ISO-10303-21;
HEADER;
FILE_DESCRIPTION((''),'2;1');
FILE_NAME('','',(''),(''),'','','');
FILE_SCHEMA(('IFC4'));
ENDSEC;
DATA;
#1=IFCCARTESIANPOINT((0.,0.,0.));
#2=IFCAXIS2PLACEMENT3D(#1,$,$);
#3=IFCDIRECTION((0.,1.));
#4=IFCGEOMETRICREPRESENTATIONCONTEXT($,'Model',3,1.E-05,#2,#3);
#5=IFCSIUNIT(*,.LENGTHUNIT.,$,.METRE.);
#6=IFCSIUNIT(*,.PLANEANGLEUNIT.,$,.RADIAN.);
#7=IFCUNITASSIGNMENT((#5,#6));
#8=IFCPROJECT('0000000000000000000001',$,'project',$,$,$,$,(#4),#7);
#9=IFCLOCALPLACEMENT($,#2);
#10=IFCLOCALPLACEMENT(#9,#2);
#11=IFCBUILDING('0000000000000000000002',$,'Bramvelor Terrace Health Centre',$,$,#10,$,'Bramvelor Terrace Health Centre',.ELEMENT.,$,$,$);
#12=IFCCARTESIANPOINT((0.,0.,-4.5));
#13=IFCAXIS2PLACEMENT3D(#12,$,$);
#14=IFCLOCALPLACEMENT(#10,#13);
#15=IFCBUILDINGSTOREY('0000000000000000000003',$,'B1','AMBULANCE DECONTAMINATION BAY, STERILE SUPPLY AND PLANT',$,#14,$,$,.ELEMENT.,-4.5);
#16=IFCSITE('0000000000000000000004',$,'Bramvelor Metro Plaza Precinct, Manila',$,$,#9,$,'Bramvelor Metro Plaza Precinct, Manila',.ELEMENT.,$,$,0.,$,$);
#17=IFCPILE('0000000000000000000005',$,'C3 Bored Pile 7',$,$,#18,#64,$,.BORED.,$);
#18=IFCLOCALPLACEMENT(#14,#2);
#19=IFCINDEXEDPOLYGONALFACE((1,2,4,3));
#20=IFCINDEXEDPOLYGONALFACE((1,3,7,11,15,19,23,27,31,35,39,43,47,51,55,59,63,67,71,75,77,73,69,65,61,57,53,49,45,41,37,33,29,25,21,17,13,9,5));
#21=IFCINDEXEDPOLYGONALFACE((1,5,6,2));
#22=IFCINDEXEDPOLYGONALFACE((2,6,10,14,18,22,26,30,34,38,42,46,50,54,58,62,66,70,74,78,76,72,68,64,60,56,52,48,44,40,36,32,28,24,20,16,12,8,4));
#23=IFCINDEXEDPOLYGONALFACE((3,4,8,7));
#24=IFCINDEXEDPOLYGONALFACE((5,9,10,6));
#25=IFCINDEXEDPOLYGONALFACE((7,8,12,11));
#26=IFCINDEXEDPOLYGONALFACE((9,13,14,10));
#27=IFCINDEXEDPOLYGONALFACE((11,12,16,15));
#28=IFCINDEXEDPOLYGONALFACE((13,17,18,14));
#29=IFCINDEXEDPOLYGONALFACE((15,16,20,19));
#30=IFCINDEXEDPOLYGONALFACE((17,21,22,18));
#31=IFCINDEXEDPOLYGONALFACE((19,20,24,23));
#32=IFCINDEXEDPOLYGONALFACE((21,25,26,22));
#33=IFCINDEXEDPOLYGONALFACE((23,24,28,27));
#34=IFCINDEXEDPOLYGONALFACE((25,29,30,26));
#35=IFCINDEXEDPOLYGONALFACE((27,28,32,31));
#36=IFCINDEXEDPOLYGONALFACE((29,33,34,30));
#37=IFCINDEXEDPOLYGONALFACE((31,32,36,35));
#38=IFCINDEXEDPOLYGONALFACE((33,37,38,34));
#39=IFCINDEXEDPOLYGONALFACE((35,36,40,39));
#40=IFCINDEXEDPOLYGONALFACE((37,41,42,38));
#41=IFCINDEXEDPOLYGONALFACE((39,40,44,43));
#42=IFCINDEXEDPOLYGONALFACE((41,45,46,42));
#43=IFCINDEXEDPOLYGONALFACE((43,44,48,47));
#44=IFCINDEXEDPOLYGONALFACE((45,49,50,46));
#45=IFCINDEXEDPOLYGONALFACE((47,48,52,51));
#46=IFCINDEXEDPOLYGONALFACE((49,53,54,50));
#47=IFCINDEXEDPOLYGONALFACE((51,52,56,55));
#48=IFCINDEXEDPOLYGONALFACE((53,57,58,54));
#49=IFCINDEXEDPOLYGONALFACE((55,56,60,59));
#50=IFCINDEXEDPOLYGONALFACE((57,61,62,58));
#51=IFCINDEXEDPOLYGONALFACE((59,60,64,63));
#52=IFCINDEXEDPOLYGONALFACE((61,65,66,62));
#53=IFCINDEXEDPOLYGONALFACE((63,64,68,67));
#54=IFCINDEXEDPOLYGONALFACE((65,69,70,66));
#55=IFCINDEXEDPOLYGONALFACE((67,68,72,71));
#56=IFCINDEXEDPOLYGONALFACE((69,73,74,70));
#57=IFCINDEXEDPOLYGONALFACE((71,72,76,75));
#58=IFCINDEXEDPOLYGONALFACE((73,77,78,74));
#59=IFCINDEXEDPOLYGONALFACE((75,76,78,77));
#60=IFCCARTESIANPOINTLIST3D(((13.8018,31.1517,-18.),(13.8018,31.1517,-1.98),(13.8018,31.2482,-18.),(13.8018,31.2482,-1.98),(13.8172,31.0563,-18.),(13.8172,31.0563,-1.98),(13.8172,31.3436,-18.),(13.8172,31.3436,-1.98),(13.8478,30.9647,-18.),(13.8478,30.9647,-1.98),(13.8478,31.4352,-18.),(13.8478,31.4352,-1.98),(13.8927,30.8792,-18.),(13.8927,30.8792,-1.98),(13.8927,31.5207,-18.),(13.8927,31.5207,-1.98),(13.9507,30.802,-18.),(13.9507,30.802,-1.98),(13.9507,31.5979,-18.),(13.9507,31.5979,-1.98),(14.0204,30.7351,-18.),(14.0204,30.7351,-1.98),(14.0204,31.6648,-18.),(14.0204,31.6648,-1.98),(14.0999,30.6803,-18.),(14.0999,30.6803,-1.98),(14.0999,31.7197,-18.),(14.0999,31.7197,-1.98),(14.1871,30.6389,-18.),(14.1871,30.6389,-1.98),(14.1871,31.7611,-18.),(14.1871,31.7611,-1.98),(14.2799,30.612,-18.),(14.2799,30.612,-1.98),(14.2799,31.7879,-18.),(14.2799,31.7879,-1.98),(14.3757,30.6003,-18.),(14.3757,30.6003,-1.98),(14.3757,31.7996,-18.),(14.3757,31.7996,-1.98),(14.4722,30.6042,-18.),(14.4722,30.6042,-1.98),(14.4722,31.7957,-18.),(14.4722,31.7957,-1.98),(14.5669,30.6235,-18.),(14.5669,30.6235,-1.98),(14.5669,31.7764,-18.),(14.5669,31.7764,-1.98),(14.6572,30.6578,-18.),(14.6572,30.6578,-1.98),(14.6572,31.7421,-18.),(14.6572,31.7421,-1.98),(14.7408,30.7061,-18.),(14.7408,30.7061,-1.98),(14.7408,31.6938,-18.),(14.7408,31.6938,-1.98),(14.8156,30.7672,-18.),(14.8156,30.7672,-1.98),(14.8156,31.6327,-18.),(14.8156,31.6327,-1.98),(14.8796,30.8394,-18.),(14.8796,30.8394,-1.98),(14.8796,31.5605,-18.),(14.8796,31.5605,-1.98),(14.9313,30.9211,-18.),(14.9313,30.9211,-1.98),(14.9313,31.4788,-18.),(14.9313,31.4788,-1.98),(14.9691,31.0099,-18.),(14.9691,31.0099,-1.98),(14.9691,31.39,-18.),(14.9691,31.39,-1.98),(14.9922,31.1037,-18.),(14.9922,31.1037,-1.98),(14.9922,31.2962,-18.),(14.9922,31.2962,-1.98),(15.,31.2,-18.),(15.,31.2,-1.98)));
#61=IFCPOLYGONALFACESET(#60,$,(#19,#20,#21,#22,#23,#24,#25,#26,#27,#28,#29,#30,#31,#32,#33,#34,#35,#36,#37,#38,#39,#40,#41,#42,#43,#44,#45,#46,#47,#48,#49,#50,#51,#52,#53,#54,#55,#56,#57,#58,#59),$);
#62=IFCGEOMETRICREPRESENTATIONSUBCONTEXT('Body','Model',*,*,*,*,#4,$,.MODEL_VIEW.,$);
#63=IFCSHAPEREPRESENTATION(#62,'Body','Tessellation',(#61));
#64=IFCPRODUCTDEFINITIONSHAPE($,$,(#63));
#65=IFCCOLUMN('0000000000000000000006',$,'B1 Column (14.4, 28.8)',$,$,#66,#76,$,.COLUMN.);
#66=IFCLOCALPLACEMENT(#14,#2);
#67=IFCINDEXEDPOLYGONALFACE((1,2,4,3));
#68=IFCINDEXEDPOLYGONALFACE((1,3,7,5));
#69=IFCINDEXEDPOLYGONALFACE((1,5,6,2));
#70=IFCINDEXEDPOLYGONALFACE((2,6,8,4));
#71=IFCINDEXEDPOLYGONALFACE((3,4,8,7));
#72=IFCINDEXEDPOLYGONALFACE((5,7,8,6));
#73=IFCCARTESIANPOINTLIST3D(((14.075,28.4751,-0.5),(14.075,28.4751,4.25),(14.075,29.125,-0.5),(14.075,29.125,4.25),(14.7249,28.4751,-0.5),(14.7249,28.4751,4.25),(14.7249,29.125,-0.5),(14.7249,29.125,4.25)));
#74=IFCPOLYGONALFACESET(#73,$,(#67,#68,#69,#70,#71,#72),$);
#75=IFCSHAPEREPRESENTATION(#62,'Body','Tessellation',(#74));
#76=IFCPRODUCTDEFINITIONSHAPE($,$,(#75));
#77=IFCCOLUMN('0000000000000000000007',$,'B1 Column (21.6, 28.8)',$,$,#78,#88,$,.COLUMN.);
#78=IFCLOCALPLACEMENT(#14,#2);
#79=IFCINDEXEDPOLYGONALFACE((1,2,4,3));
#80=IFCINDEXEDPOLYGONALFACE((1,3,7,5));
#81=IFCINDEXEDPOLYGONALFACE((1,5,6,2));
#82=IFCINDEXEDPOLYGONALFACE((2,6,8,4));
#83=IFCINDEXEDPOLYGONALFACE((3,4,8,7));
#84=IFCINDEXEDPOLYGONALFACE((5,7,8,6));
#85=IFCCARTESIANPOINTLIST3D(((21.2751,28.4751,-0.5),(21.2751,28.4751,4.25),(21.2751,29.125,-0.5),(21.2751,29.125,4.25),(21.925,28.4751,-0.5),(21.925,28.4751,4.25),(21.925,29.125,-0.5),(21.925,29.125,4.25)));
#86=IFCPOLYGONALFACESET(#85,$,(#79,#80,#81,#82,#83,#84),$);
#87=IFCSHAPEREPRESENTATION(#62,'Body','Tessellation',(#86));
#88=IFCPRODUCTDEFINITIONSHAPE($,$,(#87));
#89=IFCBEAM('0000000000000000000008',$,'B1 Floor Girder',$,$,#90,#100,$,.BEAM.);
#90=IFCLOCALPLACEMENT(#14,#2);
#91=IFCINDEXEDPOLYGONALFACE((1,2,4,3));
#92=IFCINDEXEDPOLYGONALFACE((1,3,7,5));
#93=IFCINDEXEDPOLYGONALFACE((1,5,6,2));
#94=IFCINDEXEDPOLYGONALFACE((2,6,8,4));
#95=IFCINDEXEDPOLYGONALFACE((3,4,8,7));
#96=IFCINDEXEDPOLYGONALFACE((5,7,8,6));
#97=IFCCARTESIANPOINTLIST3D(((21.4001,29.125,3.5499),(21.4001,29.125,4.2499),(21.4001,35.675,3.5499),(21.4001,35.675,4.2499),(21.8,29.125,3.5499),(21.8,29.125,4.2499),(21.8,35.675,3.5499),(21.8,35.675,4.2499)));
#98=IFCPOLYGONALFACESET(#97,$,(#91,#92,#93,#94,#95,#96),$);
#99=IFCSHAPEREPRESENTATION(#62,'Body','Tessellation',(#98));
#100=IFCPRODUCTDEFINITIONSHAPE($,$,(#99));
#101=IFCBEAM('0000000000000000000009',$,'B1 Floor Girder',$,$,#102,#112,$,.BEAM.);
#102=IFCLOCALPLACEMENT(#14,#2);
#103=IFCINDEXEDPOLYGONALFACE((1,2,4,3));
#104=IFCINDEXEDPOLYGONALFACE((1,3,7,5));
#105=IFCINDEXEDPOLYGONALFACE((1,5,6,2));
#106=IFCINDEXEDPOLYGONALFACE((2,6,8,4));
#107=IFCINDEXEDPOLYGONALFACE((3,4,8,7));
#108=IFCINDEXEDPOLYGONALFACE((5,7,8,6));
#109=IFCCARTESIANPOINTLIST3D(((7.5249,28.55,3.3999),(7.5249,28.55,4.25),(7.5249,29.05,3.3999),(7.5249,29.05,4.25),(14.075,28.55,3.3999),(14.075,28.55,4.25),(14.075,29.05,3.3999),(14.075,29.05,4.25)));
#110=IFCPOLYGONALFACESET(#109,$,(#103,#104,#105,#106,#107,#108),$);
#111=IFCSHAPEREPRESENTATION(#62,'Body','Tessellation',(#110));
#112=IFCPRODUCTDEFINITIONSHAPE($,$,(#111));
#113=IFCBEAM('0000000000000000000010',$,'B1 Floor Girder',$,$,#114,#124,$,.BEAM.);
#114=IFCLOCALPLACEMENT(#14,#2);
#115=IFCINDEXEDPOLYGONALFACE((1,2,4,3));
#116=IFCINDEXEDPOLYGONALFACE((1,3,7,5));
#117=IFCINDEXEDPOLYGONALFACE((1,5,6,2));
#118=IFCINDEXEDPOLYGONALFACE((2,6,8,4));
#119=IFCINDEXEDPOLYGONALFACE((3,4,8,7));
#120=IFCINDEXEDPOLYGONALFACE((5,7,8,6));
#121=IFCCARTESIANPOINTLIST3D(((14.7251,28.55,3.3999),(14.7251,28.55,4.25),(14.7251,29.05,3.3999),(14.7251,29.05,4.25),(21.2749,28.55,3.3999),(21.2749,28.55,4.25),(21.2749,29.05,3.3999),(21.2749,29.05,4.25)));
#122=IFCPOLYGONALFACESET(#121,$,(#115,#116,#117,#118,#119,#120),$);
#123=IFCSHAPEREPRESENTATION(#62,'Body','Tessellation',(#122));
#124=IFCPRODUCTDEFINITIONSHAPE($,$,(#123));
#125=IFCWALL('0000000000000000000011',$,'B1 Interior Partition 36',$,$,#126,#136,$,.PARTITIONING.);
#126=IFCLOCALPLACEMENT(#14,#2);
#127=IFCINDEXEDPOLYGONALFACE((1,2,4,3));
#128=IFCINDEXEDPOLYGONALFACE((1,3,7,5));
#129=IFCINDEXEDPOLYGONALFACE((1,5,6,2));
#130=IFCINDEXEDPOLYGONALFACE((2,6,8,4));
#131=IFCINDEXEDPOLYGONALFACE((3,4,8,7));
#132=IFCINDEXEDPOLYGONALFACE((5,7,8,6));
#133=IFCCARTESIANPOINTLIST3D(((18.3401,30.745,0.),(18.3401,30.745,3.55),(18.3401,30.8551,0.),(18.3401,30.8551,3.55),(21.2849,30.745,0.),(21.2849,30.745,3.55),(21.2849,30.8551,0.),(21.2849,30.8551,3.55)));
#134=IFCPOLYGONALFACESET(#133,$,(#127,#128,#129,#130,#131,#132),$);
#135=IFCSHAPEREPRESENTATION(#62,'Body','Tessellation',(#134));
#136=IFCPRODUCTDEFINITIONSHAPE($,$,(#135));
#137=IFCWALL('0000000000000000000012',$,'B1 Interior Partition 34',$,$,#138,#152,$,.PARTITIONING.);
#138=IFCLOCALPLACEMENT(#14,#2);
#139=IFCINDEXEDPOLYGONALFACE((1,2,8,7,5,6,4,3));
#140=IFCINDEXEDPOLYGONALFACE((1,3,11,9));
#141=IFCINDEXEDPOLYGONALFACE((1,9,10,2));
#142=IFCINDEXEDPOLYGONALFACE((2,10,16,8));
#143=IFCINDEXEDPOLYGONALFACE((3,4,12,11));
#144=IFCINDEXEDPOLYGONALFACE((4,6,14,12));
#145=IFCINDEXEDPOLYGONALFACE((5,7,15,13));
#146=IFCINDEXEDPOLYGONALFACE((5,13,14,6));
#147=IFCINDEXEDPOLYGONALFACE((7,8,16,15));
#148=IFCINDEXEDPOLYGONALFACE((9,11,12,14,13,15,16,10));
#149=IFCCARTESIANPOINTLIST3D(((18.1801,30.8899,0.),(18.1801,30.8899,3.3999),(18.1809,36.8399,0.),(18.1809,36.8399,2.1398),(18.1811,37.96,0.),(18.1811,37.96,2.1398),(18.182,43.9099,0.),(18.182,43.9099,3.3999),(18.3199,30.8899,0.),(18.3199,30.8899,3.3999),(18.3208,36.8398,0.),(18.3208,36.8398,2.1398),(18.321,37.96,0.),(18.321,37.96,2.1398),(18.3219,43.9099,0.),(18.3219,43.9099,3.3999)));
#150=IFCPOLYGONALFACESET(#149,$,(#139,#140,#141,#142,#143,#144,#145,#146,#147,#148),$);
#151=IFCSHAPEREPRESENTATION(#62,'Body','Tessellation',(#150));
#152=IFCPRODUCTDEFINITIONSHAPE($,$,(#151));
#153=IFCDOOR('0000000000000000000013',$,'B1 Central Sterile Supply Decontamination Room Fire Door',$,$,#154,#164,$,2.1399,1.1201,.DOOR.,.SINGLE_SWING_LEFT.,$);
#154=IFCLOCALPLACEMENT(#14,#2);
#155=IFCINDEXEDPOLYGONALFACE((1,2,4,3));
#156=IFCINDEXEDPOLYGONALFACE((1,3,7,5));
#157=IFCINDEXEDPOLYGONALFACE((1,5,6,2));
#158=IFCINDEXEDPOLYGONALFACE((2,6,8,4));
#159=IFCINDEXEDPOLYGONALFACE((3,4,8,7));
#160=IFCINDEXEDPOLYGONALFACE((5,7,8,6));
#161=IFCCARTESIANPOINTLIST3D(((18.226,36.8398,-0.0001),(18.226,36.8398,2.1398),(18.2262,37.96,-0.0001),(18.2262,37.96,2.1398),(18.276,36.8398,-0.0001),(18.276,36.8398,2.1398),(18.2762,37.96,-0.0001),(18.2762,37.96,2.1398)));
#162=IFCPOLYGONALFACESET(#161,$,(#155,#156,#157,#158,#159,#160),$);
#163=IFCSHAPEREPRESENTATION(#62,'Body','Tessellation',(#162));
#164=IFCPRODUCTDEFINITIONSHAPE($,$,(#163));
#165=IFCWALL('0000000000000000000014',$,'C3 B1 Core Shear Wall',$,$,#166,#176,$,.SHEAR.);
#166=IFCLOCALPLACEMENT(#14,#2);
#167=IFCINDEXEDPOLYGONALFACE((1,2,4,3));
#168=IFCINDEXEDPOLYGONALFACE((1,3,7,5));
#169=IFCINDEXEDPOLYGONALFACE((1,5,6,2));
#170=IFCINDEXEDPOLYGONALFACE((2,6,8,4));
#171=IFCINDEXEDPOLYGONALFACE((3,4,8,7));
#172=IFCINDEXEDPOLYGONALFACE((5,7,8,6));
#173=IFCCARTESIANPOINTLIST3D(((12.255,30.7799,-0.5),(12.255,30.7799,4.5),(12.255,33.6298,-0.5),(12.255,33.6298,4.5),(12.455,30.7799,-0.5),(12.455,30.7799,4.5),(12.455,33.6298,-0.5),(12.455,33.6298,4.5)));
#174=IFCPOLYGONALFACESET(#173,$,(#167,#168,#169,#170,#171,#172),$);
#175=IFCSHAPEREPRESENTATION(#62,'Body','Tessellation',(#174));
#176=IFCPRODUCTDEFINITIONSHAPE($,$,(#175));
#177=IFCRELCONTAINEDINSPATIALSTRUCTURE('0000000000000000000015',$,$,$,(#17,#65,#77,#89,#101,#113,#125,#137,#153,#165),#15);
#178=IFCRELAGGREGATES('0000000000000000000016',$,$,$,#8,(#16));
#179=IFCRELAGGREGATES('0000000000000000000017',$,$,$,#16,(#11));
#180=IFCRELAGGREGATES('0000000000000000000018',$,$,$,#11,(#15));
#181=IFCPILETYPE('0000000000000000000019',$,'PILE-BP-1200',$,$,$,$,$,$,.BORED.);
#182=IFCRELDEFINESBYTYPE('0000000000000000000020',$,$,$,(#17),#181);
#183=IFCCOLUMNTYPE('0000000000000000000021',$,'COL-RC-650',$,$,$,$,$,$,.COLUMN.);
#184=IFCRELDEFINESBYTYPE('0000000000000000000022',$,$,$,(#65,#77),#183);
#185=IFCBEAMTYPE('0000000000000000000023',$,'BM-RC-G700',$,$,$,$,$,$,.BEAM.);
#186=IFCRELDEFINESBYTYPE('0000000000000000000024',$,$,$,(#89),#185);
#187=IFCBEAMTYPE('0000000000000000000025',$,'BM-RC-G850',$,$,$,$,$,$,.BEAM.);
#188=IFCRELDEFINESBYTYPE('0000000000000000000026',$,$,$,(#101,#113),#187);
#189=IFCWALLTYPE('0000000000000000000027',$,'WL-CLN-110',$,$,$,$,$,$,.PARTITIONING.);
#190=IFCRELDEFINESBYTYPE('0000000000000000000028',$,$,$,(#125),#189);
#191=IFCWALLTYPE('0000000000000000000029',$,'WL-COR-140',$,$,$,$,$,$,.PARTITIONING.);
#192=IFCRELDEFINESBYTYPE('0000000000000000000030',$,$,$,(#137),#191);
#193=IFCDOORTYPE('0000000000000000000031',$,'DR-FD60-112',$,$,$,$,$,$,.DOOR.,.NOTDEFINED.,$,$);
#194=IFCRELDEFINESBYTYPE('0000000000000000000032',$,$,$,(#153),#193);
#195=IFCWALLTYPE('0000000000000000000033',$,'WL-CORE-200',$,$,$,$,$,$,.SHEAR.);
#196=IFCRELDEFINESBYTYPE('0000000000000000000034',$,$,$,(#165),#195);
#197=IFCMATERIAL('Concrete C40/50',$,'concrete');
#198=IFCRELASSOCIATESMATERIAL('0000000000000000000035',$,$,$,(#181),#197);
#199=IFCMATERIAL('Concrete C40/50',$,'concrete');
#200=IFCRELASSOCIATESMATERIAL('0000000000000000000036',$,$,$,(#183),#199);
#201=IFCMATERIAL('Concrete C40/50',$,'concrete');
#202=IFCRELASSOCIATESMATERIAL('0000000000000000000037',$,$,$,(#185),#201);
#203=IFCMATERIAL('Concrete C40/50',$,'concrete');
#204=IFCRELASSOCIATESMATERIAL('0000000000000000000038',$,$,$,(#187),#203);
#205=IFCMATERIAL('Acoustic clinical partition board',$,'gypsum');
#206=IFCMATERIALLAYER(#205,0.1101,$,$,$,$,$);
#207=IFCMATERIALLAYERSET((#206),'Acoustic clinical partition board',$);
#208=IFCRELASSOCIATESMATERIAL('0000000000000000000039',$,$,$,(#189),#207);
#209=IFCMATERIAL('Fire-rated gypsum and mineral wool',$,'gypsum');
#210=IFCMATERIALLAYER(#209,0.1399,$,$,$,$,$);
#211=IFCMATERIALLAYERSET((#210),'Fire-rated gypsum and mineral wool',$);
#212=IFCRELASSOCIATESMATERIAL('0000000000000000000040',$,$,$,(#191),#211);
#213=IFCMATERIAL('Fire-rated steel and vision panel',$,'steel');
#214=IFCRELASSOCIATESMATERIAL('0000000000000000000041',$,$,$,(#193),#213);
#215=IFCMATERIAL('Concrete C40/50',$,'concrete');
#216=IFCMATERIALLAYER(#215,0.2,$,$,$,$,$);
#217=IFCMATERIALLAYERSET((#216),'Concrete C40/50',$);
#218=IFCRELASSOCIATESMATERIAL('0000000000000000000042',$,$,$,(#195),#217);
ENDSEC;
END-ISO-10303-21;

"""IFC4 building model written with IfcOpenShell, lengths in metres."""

from ifc_helpers import new_model, si_unit, direction, frame, frame_2d, origin, origin_2d, place, context, subcontext, project, spatial, rectangle, circle, extrude, material, layer, layer_set, material_profile, profile_set, type_object, element, fill, save


model = new_model("IFC4")

# Units and contexts
model_context = context("Model", 3, precision=1e-05, world=origin(), true_north=direction((0.0, 1.0)))
body_context = subcontext(model_context, "Body", "Model", "MODEL_VIEW")
ifc_project = project(units=[si_unit("LENGTHUNIT", "METRE"), si_unit("PLANEANGLEUNIT", "RADIAN")], contexts=[model_context])

# Site, building, storey
site_placement = place(None, origin())
site = spatial("IfcSite", under=ifc_project, at=site_placement, Name="Bramvelor Metro Plaza Precinct, Manila", LongName="Bramvelor Metro Plaza Precinct, Manila", CompositionType="ELEMENT", RefElevation=0.0)
building_placement = place(site_placement, origin())
building = spatial("IfcBuilding", under=site, at=building_placement, Name="Bramvelor Terrace Health Centre", LongName="Bramvelor Terrace Health Centre", CompositionType="ELEMENT")
storey_placement = place(building_placement, frame((0.0, 0.0, -4.5)))
storey = spatial("IfcBuildingStorey", under=building, at=storey_placement, Name="B1", Description="AMBULANCE DECONTAMINATION BAY, STERILE SUPPLY AND PLANT", CompositionType="ELEMENT", Elevation=-4.5)

# Pile
ifc_material_1 = material(Name="Concrete C40/50", Category="concrete")
ifc_material_profile_1 = material_profile(ifc_material_1, circle(Radius=0.6001, at=origin_2d()), Name="BP D1200")
ifc_profile_set_1 = profile_set([ifc_material_profile_1], Name="Concrete C40/50")
pile_type_1 = type_object("IfcPileType", Name="PILE-BP-1200", PredefinedType="BORED", material=ifc_profile_set_1)
for number, where, z_axis, x_axis, name in (
    (1, (14.3999, 31.2, -1.98), (0.0, 0.0, -1.0), (1.0, 0.0, 0.0), "C3 Bored Pile 7"),
):
    element("IfcPile", number, at=place(storey_placement, frame(where, z_axis=z_axis, x_axis=x_axis)), inside=storey, type_object=pile_type_1, Name=name, PredefinedType="BORED", context=body_context, shape_type="SweptSolid", body=[
        extrude(circle(Radius=0.6001, at=origin_2d()), origin(), (0.0, 0.0, 1.0), 16.02),
    ])

# Columns
ifc_material_2 = material(Name="Concrete C40/50", Category="concrete")
ifc_material_profile_2 = material_profile(ifc_material_2, rectangle(XDim=0.6499, YDim=0.6499, at=origin_2d()), Name="RC 650x650")
ifc_profile_set_2 = profile_set([ifc_material_profile_2], Name="Concrete C40/50")
column_type = type_object("IfcColumnType", Name="COL-RC-650", PredefinedType="COLUMN", material=ifc_profile_set_2)
for number, where, z_axis, x_axis, name in (
    (2, (14.3999, 28.8, -0.5), (0.0, 0.0, 1.0), (1.0, 0.0, 0.0), "B1 Column (14.4, 28.8)"),
    (3, (21.6001, 28.8, -0.5), (0.0, 0.0, 1.0), (1.0, 0.0, 0.0), "B1 Column (21.6, 28.8)"),
):
    element("IfcColumn", number, at=place(storey_placement, frame(where, z_axis=z_axis, x_axis=x_axis)), inside=storey, type_object=column_type, Name=name, PredefinedType="COLUMN", context=body_context, shape_type="SweptSolid", body=[
        extrude(rectangle(XDim=0.6499, YDim=0.6499, at=origin_2d()), origin(), (0.0, 0.0, 1.0), 4.75),
    ])

# Beams
ifc_material_3 = material(Name="Concrete C40/50", Category="concrete")
ifc_material_profile_3 = material_profile(ifc_material_3, rectangle(XDim=0.3999, YDim=0.7, at=origin_2d()), Name="RC 400x700")
ifc_profile_set_3 = profile_set([ifc_material_profile_3], Name="Concrete C40/50")
beam_type_1 = type_object("IfcBeamType", Name="BM-RC-G700", PredefinedType="BEAM", material=ifc_profile_set_3)
beam_1_placement = place(storey_placement, frame((21.6001, 29.125, 3.8999), z_axis=(0.0, 1.0, 0.0), x_axis=(-1.0, 0.0, 0.0)))
element("IfcBeam", 4, at=beam_1_placement, inside=storey, type_object=beam_type_1, Name="B1 Floor Girder", PredefinedType="BEAM", context=body_context, shape_type="SweptSolid", body=[
    extrude(rectangle(XDim=0.3999, YDim=0.7, at=origin_2d()), origin(), (0.0, 0.0, 1.0), 6.55),
])
ifc_material_4 = material(Name="Concrete C40/50", Category="concrete")
ifc_material_profile_4 = material_profile(ifc_material_4, rectangle(XDim=0.5, YDim=0.8501, at=origin_2d()), Name="RC 500x850")
ifc_profile_set_4 = profile_set([ifc_material_profile_4], Name="Concrete C40/50")
beam_type_2 = type_object("IfcBeamType", Name="BM-RC-G850", PredefinedType="BEAM", material=ifc_profile_set_4)
beam_2_placement = place(storey_placement, frame((7.5249, 28.8, 3.825), z_axis=(1.0, 0.0, 0.0), x_axis=(0.0, 1.0, 0.0)))
element("IfcBeam", 5, at=beam_2_placement, inside=storey, type_object=beam_type_2, Name="B1 Floor Girder", PredefinedType="BEAM", context=body_context, shape_type="SweptSolid", body=[
    extrude(rectangle(XDim=0.5, YDim=0.8501, at=origin_2d()), origin(), (0.0, 0.0, 1.0), 6.55),
])
beam_3_placement = place(storey_placement, frame((14.7251, 28.8, 3.825), z_axis=(1.0, 0.0, 0.0), x_axis=(0.0, 1.0, 0.0)))
element("IfcBeam", 6, at=beam_3_placement, inside=storey, type_object=beam_type_2, Name="B1 Floor Girder", PredefinedType="BEAM", context=body_context, shape_type="SweptSolid", body=[
    extrude(rectangle(XDim=0.5, YDim=0.8501, at=origin_2d()), origin(), (0.0, 0.0, 1.0), 6.5498),
])

# Wall
ifc_material_5 = material(Name="Acoustic clinical partition board", Category="gypsum")
ifc_layer_1 = layer(ifc_material_5, 0.1101)
ifc_layer_set_1 = layer_set([ifc_layer_1], Name="Acoustic clinical partition board")
wall_type_1 = type_object("IfcWallType", Name="WL-CLN-110", PredefinedType="PARTITIONING", material=ifc_layer_set_1)
wall_1_placement = place(storey_placement, frame((21.2849, 30.8, 0.0), z_axis=(0.0, 0.0, 1.0), x_axis=(-1.0, 0.0, 0.0)))
element("IfcWall", 7, at=wall_1_placement, inside=storey, type_object=wall_type_1, Name="B1 Interior Partition 36", PredefinedType="PARTITIONING", context=body_context, shape_type="SweptSolid", body=[
    extrude(rectangle(XDim=2.9448, YDim=0.1101, at=frame_2d((1.4724, 0.0))), origin(), (0.0, 0.0, 1.0), 3.55),
])

# Wall, opening, door
ifc_material_6 = material(Name="Fire-rated gypsum and mineral wool", Category="gypsum")
ifc_layer_2 = layer(ifc_material_6, 0.1399)
ifc_layer_set_2 = layer_set([ifc_layer_2], Name="Fire-rated gypsum and mineral wool")
wall_type_2 = type_object("IfcWallType", Name="WL-COR-140", PredefinedType="PARTITIONING", material=ifc_layer_set_2)
wall_2_placement = place(storey_placement, frame((18.25, 30.8899, 0.0), z_axis=(0.0, 0.0, 1.0), x_axis=(0.00015, 1.0, 0.0)))
wall_2 = element("IfcWall", 8, at=wall_2_placement, inside=storey, type_object=wall_type_2, Name="B1 Interior Partition 34", PredefinedType="PARTITIONING", context=body_context, shape_type="SweptSolid", body=[
    extrude(rectangle(XDim=13.02, YDim=0.1399, at=frame_2d((6.51, 0.0))), origin(), (0.0, 0.0, 1.0), 3.3999),
])
opening_placement = place(wall_2_placement, frame((5.95, 0.0, 0.0)))
opening = element("IfcOpeningElement", 9, at=opening_placement, cuts=wall_2, PredefinedType="OPENING", context=body_context, shape_type="SweptSolid", body=[
    extrude(rectangle(XDim=1.1201, YDim=2.1399, at=frame_2d((0.5601, 1.0698))), frame((0.0, 0.0798, 0.0), z_axis=(0.0, -1.0, 0.0), x_axis=(1.0, 0.0, 0.0)), (0.0, 0.0, 1.0), 0.1599),
])
ifc_material_7 = material(Name="Fire-rated steel and vision panel", Category="steel")
door_type = type_object("IfcDoorType", Name="DR-FD60-112", OperationType="NOTDEFINED", PredefinedType="DOOR", material=ifc_material_7)
door_placement = place(opening_placement, origin())
door = element("IfcDoor", 10, at=door_placement, inside=storey, type_object=door_type, Name="B1 Central Sterile Supply Decontamination Room Fire Door", OperationType="SINGLE_SWING_LEFT", OverallHeight=2.1399, OverallWidth=1.1201, PredefinedType="DOOR", context=body_context, shape_type="SweptSolid", body=[
    extrude(rectangle(XDim=1.1201, YDim=2.1399, at=frame_2d((0.5601, 1.0698))), frame((0.0, 0.0249, 0.0), z_axis=(0.0, -1.0, 0.0), x_axis=(1.0, 0.0, 0.0)), (0.0, 0.0, 1.0), 0.05),
])
fill(opening, door)

# Wall
ifc_material_8 = material(Name="Concrete C40/50", Category="concrete")
ifc_layer_3 = layer(ifc_material_8, 0.2)
ifc_layer_set_3 = layer_set([ifc_layer_3], Name="Concrete C40/50")
wall_type_3 = type_object("IfcWallType", Name="WL-CORE-200", PredefinedType="SHEAR", material=ifc_layer_set_3)
wall_3_placement = place(storey_placement, frame((12.355, 30.78, -0.5), z_axis=(0.0, 0.0, 1.0), x_axis=(0.0, 1.0, 0.0)))
element("IfcWall", 11, at=wall_3_placement, inside=storey, type_object=wall_type_3, Name="C3 B1 Core Shear Wall", PredefinedType="SHEAR", context=body_context, shape_type="SweptSolid", body=[
    extrude(rectangle(XDim=2.8499, YDim=0.2, at=frame_2d((1.4248, 0.0))), origin(), (0.0, 0.0, 1.0), 5.0),
])

save(model, "model.ifc")
